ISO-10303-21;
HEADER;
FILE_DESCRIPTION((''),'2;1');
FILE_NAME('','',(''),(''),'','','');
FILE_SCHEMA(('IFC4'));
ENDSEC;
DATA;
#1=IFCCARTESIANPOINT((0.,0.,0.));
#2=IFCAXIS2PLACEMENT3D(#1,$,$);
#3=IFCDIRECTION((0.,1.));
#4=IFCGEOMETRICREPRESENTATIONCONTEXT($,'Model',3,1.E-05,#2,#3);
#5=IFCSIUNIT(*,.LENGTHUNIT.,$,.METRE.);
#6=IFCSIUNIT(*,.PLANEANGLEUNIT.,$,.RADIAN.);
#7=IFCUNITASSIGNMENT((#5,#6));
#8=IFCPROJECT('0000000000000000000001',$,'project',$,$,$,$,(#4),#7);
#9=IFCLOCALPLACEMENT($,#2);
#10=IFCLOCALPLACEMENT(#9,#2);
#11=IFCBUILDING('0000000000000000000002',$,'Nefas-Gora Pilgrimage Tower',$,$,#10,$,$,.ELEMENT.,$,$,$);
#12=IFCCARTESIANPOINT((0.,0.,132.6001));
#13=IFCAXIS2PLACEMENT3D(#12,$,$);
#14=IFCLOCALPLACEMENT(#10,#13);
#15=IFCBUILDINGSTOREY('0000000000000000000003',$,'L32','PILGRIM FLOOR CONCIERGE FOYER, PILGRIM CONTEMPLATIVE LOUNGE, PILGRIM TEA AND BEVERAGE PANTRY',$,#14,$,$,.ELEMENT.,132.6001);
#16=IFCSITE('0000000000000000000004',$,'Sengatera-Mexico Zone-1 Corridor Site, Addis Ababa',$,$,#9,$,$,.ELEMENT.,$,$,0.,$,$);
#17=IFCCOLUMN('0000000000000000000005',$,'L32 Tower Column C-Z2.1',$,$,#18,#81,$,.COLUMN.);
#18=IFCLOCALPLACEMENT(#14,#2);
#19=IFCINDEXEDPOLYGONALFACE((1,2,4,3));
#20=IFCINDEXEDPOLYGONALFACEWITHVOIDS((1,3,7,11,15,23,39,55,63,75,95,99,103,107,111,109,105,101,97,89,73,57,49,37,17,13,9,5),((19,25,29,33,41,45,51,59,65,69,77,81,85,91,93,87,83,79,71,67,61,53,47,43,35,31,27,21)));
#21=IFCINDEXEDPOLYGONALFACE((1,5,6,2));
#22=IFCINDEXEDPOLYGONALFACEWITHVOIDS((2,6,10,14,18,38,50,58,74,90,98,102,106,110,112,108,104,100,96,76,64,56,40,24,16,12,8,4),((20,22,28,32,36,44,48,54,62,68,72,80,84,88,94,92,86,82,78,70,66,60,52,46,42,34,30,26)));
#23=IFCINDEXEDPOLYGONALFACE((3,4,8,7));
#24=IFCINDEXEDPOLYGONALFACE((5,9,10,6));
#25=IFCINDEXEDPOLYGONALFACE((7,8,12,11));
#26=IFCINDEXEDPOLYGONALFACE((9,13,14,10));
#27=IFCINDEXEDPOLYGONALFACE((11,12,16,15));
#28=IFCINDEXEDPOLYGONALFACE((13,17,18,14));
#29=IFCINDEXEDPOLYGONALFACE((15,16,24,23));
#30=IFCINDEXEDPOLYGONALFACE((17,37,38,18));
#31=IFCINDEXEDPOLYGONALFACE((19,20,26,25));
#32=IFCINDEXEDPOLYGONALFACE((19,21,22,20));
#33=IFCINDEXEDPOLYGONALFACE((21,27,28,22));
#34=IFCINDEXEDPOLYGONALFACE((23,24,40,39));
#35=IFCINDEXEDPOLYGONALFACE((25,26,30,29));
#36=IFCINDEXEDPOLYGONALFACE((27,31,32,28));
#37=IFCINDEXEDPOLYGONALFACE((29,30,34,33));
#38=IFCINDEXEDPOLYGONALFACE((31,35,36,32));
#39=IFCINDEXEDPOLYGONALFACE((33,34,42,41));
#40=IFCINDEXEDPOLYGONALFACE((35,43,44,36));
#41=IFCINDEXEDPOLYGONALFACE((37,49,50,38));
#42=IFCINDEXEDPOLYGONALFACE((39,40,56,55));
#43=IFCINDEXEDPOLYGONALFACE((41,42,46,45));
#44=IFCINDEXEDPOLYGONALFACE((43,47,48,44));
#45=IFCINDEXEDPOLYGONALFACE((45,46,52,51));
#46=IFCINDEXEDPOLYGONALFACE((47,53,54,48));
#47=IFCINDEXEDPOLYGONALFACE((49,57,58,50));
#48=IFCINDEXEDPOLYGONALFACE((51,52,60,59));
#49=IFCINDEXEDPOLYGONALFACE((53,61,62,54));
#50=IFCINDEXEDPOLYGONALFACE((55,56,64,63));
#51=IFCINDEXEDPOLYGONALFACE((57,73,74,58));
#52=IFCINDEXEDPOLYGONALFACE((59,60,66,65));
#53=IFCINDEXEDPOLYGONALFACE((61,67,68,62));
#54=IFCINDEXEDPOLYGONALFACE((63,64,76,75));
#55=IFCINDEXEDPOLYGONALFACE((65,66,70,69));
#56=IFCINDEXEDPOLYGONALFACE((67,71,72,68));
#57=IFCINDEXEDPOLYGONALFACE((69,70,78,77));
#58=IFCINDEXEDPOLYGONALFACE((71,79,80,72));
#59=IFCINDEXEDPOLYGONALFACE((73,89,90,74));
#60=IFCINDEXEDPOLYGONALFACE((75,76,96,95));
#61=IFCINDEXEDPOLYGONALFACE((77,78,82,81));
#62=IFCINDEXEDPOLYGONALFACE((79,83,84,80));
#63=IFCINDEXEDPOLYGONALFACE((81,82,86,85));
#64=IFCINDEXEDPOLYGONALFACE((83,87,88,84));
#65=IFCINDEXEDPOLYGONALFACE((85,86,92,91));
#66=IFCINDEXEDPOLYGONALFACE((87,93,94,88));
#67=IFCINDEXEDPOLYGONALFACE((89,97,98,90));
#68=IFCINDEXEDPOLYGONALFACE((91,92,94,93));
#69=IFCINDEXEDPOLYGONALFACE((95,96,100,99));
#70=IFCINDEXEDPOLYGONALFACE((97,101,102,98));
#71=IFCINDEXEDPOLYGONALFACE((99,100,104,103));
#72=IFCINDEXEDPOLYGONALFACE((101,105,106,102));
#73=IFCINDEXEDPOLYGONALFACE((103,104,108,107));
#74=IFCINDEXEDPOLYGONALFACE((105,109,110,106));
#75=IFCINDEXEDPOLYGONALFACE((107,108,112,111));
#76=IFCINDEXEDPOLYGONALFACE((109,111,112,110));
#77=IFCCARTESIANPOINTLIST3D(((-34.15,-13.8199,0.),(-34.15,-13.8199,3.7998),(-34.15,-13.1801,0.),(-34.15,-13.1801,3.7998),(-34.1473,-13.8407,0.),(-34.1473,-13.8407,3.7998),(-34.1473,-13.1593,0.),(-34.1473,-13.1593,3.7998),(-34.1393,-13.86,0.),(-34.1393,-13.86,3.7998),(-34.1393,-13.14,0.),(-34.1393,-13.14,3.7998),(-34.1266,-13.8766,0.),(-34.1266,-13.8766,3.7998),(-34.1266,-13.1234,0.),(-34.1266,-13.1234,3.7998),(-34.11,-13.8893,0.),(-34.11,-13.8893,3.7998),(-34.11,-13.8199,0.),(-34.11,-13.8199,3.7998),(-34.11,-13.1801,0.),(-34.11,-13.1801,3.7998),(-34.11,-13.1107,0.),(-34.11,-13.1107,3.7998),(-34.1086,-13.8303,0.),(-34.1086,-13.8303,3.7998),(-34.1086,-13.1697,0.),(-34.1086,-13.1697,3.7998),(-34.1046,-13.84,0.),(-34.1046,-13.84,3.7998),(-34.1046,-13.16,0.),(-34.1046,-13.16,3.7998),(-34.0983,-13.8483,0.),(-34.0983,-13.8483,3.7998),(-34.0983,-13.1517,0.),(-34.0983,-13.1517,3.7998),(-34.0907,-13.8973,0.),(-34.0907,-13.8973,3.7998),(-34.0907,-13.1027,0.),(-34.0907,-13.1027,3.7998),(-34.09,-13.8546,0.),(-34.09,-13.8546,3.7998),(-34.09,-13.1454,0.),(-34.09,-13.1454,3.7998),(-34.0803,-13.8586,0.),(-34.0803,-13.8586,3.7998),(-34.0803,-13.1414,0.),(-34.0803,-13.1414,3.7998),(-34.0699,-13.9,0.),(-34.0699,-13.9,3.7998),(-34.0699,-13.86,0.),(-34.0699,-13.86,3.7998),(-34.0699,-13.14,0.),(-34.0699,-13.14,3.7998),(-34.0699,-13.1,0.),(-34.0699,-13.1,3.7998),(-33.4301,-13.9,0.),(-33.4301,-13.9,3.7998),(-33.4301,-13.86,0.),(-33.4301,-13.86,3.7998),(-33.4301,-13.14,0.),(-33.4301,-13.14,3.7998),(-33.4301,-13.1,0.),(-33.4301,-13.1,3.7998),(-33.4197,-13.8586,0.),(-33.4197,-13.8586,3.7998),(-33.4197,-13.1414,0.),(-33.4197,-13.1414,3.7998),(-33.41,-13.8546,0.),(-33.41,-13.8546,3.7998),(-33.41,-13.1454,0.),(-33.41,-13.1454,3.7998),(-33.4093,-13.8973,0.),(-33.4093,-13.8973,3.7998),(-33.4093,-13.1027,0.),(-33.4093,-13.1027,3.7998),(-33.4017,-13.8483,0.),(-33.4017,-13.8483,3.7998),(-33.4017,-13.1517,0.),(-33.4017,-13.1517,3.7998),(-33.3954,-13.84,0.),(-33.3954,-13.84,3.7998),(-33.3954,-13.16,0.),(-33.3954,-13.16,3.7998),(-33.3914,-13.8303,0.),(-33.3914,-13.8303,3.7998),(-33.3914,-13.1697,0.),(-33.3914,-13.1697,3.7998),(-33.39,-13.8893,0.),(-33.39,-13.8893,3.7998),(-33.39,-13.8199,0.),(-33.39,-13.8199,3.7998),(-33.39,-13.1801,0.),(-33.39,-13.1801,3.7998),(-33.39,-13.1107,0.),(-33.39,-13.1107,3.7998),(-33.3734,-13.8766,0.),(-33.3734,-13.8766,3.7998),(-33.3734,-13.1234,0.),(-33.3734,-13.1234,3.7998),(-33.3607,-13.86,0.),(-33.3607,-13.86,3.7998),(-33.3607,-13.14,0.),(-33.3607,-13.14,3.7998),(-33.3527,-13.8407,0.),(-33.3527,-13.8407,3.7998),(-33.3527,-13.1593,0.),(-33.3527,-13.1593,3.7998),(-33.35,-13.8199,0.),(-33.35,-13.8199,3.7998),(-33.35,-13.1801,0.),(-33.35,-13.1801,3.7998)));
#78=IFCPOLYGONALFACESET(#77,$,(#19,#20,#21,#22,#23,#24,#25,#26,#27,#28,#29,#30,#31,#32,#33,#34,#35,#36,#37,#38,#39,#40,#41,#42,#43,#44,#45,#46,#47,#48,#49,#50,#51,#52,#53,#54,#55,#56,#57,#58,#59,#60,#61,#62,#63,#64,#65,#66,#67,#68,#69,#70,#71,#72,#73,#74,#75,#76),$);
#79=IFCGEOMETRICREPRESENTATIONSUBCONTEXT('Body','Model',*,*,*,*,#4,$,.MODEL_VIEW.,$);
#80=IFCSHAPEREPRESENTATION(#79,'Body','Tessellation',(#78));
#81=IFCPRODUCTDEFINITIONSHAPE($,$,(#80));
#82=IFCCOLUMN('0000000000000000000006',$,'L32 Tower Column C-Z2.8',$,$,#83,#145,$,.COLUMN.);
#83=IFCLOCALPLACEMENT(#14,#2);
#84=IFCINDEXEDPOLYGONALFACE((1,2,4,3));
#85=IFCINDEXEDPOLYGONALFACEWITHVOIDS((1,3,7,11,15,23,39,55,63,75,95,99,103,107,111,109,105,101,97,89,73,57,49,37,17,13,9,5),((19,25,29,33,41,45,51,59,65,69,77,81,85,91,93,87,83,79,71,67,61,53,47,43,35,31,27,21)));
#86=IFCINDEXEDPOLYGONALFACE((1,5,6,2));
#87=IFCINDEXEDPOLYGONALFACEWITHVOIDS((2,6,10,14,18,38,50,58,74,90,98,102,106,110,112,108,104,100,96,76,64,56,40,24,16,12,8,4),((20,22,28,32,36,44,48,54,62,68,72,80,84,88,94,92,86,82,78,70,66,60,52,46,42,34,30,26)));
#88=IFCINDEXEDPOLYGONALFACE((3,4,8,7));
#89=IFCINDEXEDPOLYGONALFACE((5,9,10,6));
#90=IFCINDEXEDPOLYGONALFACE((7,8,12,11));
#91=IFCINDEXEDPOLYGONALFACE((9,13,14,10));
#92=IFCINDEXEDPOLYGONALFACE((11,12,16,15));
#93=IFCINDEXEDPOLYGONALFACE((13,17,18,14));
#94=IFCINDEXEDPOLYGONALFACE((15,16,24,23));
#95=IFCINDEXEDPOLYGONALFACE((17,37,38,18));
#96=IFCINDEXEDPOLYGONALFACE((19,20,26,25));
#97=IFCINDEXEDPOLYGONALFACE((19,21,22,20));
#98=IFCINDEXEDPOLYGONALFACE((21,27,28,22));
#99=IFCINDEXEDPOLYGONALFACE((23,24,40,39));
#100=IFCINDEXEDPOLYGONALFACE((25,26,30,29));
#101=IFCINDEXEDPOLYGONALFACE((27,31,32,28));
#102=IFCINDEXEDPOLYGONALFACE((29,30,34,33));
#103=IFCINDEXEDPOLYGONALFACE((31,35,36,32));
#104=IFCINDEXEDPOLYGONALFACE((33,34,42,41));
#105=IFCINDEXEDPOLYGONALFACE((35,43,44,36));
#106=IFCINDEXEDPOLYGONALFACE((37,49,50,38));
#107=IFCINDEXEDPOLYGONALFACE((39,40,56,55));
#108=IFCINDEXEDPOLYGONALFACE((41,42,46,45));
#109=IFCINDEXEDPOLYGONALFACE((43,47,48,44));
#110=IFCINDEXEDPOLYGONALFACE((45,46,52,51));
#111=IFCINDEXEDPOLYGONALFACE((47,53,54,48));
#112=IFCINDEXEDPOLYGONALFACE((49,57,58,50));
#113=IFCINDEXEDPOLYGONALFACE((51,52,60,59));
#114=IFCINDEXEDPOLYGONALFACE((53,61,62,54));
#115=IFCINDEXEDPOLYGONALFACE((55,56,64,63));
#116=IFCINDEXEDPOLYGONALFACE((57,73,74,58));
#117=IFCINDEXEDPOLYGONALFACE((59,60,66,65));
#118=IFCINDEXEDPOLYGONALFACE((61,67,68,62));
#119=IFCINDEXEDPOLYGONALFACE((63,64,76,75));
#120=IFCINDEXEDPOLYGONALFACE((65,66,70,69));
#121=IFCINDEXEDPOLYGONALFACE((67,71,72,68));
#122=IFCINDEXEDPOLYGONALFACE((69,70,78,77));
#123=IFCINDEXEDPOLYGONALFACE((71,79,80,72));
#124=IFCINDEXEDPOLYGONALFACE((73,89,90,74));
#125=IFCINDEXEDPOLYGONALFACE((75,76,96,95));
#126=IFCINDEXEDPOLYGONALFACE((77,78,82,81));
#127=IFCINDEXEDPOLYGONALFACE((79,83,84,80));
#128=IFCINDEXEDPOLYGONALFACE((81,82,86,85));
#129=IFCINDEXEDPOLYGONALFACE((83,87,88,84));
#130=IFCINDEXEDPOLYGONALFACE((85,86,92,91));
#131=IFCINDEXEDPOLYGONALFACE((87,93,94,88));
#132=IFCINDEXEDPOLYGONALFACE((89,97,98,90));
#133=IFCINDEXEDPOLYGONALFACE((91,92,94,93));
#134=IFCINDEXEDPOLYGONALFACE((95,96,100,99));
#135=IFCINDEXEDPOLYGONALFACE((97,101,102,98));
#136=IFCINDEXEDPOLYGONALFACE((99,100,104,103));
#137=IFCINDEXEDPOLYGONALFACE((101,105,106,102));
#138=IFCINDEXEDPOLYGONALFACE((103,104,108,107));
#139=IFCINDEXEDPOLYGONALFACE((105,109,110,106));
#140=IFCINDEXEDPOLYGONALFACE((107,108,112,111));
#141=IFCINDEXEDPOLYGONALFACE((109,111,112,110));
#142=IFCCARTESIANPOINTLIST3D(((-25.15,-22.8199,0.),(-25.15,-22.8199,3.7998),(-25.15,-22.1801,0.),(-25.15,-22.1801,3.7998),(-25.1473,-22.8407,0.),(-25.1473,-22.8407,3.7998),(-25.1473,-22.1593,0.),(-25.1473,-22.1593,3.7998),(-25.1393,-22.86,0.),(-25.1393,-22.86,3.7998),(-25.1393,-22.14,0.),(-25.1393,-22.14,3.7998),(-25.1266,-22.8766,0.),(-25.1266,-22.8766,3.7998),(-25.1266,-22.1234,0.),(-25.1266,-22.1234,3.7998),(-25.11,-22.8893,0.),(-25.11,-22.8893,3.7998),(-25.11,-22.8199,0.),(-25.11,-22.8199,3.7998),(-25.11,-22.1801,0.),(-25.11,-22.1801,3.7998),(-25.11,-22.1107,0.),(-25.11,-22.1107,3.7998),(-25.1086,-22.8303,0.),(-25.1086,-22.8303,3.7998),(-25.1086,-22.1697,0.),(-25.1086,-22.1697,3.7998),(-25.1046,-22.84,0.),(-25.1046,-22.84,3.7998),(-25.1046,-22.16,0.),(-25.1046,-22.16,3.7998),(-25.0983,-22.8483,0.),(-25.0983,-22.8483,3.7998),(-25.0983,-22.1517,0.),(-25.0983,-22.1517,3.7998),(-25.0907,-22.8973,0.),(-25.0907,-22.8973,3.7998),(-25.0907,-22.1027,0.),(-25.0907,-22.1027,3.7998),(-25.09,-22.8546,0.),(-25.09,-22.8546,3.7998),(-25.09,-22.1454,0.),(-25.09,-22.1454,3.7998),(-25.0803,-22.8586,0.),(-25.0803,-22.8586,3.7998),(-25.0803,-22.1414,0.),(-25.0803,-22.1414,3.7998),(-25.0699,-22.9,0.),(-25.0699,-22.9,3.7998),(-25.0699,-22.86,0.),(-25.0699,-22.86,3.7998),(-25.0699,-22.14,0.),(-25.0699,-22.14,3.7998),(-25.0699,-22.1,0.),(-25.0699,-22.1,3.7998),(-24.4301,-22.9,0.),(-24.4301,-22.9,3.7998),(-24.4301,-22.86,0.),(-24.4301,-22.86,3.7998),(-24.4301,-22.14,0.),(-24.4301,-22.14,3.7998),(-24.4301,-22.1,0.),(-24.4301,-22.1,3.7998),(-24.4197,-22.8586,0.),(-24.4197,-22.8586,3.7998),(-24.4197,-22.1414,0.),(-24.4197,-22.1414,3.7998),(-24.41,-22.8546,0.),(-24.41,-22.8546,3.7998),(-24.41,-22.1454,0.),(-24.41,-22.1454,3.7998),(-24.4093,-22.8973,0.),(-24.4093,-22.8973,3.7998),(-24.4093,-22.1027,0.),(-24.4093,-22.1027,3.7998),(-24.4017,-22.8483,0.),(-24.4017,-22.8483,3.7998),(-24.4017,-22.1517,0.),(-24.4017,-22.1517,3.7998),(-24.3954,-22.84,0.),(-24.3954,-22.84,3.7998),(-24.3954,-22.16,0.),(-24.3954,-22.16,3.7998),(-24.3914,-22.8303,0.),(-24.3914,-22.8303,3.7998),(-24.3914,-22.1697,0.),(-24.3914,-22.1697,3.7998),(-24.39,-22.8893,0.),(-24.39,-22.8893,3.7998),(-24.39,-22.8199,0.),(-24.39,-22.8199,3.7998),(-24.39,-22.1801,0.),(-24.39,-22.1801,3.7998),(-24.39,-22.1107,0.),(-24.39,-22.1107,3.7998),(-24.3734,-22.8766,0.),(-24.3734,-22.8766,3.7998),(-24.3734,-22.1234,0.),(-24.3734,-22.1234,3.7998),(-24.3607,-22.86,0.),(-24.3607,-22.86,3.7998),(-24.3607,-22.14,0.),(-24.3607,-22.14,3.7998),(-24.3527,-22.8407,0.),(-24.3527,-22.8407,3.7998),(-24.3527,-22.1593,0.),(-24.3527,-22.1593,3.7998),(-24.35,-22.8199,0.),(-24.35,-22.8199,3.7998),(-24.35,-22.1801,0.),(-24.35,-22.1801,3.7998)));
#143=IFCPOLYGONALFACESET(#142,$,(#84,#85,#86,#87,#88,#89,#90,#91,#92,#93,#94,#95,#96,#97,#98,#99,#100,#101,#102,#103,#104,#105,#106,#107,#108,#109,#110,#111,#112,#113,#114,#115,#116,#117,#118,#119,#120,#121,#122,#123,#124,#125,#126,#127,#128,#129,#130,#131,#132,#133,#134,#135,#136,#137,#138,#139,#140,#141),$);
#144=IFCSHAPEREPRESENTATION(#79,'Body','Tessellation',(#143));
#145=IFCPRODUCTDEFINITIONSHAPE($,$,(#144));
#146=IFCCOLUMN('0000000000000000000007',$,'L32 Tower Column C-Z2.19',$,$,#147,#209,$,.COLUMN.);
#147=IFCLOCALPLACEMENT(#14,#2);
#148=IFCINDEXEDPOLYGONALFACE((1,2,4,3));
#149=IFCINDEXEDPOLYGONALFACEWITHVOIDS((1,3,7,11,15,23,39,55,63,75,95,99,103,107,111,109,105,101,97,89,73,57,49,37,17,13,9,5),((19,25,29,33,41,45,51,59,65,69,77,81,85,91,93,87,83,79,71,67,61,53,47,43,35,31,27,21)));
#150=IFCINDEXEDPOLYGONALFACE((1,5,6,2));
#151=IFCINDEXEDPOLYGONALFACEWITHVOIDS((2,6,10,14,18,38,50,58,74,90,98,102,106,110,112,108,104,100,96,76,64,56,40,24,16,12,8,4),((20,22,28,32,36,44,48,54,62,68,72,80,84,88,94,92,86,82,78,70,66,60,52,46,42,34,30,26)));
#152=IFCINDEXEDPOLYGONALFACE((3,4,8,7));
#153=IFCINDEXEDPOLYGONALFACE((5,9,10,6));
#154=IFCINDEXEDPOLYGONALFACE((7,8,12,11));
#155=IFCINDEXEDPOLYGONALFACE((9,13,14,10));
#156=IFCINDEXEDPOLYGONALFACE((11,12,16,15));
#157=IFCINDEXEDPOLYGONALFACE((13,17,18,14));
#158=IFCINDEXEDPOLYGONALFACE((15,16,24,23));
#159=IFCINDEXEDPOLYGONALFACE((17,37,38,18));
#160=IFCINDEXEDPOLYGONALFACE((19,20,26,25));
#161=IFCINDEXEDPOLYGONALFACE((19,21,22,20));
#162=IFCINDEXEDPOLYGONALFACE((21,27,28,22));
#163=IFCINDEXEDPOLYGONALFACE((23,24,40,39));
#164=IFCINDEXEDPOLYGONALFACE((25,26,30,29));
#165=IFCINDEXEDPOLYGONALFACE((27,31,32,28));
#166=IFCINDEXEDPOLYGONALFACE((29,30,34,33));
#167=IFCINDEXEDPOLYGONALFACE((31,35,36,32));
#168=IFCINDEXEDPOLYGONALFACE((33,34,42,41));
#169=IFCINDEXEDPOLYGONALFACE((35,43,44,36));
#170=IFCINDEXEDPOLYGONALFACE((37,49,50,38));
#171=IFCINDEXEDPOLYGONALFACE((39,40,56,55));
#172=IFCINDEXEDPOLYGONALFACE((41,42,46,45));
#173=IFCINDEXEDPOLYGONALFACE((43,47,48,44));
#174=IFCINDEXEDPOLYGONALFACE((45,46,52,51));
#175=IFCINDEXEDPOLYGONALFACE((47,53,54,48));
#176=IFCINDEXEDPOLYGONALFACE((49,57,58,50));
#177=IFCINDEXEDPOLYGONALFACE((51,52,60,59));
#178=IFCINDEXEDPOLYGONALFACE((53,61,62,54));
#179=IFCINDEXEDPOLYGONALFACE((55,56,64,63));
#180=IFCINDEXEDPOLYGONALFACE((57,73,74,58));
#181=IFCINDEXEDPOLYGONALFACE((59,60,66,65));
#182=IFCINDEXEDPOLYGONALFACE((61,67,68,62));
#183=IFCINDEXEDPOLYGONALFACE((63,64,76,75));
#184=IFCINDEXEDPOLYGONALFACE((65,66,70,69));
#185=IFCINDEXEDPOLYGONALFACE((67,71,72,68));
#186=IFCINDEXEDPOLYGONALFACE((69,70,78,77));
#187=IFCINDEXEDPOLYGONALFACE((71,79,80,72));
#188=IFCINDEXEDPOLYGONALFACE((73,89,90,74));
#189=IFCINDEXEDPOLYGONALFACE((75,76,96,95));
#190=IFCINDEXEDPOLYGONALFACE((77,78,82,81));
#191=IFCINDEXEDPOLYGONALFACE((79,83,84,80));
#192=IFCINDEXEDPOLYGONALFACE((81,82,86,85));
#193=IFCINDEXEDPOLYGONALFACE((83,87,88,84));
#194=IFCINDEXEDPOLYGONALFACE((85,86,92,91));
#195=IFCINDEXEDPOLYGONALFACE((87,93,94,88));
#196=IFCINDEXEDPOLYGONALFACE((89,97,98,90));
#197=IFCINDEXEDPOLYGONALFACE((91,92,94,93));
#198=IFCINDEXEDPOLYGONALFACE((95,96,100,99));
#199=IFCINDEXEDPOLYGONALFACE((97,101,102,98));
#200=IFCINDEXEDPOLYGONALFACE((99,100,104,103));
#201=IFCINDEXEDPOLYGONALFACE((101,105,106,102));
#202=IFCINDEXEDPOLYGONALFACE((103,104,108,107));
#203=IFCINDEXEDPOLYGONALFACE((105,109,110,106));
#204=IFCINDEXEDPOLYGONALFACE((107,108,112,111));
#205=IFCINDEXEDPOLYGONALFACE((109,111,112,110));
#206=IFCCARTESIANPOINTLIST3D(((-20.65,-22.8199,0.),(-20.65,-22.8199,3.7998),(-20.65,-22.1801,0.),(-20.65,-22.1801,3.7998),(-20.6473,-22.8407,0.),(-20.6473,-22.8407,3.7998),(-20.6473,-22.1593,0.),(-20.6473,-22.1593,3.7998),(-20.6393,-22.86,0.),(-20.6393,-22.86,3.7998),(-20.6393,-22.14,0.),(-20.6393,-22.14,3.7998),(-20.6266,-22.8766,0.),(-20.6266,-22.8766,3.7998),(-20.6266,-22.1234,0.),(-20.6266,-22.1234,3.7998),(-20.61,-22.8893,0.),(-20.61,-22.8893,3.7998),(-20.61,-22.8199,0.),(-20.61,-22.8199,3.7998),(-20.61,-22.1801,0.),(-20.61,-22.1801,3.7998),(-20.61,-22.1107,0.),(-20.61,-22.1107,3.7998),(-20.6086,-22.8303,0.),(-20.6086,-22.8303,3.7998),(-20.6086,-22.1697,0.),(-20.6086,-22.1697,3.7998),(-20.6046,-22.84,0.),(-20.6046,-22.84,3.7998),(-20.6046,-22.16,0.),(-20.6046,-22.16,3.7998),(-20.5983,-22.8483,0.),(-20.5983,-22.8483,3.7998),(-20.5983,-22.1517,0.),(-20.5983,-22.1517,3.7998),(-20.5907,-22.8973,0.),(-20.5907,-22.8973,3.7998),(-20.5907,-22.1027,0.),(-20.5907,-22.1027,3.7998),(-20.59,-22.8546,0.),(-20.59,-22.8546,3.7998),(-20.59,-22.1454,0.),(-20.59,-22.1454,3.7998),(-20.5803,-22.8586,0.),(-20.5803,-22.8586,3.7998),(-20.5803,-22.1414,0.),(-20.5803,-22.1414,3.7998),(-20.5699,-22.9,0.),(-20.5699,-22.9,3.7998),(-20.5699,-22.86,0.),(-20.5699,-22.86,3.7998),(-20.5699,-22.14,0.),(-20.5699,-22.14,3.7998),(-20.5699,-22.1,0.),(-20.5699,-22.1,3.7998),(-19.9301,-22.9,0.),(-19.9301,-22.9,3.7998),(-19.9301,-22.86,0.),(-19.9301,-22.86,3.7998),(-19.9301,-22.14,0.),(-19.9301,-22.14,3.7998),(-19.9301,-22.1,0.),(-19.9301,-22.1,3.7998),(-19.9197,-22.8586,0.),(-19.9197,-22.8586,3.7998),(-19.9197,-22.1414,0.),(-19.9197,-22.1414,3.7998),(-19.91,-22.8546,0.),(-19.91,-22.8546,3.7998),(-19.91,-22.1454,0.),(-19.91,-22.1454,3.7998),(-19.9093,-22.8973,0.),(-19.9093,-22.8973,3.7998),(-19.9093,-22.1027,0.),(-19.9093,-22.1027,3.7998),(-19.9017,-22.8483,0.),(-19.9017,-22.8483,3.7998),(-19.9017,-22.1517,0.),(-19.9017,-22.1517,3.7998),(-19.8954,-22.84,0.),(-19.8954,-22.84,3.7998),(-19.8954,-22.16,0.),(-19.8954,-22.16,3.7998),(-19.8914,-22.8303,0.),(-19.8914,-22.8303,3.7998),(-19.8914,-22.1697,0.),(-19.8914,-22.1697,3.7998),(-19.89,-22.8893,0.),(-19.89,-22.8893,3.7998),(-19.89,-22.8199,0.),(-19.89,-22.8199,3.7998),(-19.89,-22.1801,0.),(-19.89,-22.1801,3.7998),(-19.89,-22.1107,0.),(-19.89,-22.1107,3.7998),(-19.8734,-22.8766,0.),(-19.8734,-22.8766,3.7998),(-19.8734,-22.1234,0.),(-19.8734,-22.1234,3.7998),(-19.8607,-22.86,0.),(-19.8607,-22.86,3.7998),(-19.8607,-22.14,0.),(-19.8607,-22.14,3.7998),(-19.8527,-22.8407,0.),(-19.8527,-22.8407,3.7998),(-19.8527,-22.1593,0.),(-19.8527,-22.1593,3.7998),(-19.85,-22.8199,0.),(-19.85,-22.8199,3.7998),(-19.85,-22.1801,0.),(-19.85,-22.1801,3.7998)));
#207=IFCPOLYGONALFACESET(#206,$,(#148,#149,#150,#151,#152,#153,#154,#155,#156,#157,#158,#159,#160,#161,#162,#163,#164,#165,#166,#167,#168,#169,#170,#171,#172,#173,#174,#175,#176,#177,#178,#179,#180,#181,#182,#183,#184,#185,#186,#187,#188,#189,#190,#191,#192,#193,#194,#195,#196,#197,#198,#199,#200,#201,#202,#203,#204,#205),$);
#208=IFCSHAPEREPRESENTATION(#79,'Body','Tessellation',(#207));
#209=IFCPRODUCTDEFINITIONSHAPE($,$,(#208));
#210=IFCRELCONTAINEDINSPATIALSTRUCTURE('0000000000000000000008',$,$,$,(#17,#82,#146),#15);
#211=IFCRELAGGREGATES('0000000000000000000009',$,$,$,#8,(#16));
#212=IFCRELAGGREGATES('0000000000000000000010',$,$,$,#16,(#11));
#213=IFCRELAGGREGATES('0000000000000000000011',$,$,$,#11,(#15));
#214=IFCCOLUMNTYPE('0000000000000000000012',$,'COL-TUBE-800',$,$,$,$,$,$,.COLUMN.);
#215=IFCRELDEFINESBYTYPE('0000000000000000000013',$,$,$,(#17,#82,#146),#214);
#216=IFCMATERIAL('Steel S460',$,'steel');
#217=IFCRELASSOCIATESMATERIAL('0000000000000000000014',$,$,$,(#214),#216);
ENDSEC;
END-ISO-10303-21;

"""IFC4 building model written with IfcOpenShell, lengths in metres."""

from ifc_helpers import new_model, si_unit, direction, frame, origin, origin_2d, place, context, subcontext, project, spatial, hollow_rectangle, extrude, source, transform, mapped, material, material_profile, profile_set, type_object, element, save


model = new_model("IFC4")

# Units and contexts
model_context = context("Model", 3, precision=1e-05, world=origin(), true_north=direction((0.0, 1.0)))
body_context = subcontext(model_context, "Body", "Model", "MODEL_VIEW")
ifc_project = project(units=[si_unit("LENGTHUNIT", "METRE"), si_unit("PLANEANGLEUNIT", "RADIAN")], contexts=[model_context])

# Site, building, storey
site_placement = place(None, origin())
site = spatial("IfcSite", under=ifc_project, at=site_placement, Name="Sengatera-Mexico Zone-1 Corridor Site, Addis Ababa", CompositionType="ELEMENT", RefElevation=0.0)
building_placement = place(site_placement, origin())
building = spatial("IfcBuilding", under=site, at=building_placement, Name="Nefas-Gora Pilgrimage Tower", CompositionType="ELEMENT")
storey_placement = place(building_placement, frame((0.0, 0.0, 132.6001)))
storey = spatial("IfcBuildingStorey", under=building, at=storey_placement, Name="L32", Description="PILGRIM FLOOR CONCIERGE FOYER, PILGRIM CONTEMPLATIVE LOUNGE, PILGRIM TEA AND BEVERAGE PANTRY", CompositionType="ELEMENT", Elevation=132.6001)

# Columns
ifc_material_1 = material(Name="Steel S460", Category="steel")
ifc_material_profile_1 = material_profile(ifc_material_1, hollow_rectangle(XDim=0.8, YDim=0.8, WallThickness=0.04, InnerFilletRadius=0.04, OuterFilletRadius=0.0801, at=origin_2d()), Name="BOX 800x800x40")
ifc_profile_set_1 = profile_set([ifc_material_profile_1], Name="Steel S460")
column_type_1 = type_object("IfcColumnType", Name="COL-TUBE-800", PredefinedType="COLUMN", material=ifc_profile_set_1)
shared_shape_1 = source(origin(), body_context, "Body", "SweptSolid", [
    extrude(hollow_rectangle(XDim=0.8, YDim=0.8, WallThickness=0.04, InnerFilletRadius=0.04, OuterFilletRadius=0.0801, at=origin_2d()), origin(), (0.0, 0.0, 1.0), 3.7998),
])
for number, where, z_axis, x_axis, name in (
    (1, (-33.75, -13.5, 0.0), (0.0, 0.0, 1.0), (1.0, 0.0, 0.0), "L32 Tower Column C-Z2.1"),
    (2, (-24.75, -22.5, 0.0), (0.0, 0.0, 1.0), (1.0, 0.0, 0.0), "L32 Tower Column C-Z2.8"),
    (3, (-20.25, -22.5, 0.0), (0.0, 0.0, 1.0), (1.0, 0.0, 0.0), "L32 Tower Column C-Z2.19"),
):
    element("IfcColumn", number, at=place(storey_placement, frame(where, z_axis=z_axis, x_axis=x_axis)), inside=storey, type_object=column_type_1, Name=name, PredefinedType="COLUMN", context=body_context, shape_type="MappedRepresentation", body=[
        mapped(shared_shape_1, transform((0.0, 0.0, 0.0), x_axis=(1.0, 0.0, 0.0), y_axis=(0.0, 1.0, 0.0), z_axis=(0.0, 0.0, 1.0), scale=1.0)),
    ])

save(model, "model.ifc")
